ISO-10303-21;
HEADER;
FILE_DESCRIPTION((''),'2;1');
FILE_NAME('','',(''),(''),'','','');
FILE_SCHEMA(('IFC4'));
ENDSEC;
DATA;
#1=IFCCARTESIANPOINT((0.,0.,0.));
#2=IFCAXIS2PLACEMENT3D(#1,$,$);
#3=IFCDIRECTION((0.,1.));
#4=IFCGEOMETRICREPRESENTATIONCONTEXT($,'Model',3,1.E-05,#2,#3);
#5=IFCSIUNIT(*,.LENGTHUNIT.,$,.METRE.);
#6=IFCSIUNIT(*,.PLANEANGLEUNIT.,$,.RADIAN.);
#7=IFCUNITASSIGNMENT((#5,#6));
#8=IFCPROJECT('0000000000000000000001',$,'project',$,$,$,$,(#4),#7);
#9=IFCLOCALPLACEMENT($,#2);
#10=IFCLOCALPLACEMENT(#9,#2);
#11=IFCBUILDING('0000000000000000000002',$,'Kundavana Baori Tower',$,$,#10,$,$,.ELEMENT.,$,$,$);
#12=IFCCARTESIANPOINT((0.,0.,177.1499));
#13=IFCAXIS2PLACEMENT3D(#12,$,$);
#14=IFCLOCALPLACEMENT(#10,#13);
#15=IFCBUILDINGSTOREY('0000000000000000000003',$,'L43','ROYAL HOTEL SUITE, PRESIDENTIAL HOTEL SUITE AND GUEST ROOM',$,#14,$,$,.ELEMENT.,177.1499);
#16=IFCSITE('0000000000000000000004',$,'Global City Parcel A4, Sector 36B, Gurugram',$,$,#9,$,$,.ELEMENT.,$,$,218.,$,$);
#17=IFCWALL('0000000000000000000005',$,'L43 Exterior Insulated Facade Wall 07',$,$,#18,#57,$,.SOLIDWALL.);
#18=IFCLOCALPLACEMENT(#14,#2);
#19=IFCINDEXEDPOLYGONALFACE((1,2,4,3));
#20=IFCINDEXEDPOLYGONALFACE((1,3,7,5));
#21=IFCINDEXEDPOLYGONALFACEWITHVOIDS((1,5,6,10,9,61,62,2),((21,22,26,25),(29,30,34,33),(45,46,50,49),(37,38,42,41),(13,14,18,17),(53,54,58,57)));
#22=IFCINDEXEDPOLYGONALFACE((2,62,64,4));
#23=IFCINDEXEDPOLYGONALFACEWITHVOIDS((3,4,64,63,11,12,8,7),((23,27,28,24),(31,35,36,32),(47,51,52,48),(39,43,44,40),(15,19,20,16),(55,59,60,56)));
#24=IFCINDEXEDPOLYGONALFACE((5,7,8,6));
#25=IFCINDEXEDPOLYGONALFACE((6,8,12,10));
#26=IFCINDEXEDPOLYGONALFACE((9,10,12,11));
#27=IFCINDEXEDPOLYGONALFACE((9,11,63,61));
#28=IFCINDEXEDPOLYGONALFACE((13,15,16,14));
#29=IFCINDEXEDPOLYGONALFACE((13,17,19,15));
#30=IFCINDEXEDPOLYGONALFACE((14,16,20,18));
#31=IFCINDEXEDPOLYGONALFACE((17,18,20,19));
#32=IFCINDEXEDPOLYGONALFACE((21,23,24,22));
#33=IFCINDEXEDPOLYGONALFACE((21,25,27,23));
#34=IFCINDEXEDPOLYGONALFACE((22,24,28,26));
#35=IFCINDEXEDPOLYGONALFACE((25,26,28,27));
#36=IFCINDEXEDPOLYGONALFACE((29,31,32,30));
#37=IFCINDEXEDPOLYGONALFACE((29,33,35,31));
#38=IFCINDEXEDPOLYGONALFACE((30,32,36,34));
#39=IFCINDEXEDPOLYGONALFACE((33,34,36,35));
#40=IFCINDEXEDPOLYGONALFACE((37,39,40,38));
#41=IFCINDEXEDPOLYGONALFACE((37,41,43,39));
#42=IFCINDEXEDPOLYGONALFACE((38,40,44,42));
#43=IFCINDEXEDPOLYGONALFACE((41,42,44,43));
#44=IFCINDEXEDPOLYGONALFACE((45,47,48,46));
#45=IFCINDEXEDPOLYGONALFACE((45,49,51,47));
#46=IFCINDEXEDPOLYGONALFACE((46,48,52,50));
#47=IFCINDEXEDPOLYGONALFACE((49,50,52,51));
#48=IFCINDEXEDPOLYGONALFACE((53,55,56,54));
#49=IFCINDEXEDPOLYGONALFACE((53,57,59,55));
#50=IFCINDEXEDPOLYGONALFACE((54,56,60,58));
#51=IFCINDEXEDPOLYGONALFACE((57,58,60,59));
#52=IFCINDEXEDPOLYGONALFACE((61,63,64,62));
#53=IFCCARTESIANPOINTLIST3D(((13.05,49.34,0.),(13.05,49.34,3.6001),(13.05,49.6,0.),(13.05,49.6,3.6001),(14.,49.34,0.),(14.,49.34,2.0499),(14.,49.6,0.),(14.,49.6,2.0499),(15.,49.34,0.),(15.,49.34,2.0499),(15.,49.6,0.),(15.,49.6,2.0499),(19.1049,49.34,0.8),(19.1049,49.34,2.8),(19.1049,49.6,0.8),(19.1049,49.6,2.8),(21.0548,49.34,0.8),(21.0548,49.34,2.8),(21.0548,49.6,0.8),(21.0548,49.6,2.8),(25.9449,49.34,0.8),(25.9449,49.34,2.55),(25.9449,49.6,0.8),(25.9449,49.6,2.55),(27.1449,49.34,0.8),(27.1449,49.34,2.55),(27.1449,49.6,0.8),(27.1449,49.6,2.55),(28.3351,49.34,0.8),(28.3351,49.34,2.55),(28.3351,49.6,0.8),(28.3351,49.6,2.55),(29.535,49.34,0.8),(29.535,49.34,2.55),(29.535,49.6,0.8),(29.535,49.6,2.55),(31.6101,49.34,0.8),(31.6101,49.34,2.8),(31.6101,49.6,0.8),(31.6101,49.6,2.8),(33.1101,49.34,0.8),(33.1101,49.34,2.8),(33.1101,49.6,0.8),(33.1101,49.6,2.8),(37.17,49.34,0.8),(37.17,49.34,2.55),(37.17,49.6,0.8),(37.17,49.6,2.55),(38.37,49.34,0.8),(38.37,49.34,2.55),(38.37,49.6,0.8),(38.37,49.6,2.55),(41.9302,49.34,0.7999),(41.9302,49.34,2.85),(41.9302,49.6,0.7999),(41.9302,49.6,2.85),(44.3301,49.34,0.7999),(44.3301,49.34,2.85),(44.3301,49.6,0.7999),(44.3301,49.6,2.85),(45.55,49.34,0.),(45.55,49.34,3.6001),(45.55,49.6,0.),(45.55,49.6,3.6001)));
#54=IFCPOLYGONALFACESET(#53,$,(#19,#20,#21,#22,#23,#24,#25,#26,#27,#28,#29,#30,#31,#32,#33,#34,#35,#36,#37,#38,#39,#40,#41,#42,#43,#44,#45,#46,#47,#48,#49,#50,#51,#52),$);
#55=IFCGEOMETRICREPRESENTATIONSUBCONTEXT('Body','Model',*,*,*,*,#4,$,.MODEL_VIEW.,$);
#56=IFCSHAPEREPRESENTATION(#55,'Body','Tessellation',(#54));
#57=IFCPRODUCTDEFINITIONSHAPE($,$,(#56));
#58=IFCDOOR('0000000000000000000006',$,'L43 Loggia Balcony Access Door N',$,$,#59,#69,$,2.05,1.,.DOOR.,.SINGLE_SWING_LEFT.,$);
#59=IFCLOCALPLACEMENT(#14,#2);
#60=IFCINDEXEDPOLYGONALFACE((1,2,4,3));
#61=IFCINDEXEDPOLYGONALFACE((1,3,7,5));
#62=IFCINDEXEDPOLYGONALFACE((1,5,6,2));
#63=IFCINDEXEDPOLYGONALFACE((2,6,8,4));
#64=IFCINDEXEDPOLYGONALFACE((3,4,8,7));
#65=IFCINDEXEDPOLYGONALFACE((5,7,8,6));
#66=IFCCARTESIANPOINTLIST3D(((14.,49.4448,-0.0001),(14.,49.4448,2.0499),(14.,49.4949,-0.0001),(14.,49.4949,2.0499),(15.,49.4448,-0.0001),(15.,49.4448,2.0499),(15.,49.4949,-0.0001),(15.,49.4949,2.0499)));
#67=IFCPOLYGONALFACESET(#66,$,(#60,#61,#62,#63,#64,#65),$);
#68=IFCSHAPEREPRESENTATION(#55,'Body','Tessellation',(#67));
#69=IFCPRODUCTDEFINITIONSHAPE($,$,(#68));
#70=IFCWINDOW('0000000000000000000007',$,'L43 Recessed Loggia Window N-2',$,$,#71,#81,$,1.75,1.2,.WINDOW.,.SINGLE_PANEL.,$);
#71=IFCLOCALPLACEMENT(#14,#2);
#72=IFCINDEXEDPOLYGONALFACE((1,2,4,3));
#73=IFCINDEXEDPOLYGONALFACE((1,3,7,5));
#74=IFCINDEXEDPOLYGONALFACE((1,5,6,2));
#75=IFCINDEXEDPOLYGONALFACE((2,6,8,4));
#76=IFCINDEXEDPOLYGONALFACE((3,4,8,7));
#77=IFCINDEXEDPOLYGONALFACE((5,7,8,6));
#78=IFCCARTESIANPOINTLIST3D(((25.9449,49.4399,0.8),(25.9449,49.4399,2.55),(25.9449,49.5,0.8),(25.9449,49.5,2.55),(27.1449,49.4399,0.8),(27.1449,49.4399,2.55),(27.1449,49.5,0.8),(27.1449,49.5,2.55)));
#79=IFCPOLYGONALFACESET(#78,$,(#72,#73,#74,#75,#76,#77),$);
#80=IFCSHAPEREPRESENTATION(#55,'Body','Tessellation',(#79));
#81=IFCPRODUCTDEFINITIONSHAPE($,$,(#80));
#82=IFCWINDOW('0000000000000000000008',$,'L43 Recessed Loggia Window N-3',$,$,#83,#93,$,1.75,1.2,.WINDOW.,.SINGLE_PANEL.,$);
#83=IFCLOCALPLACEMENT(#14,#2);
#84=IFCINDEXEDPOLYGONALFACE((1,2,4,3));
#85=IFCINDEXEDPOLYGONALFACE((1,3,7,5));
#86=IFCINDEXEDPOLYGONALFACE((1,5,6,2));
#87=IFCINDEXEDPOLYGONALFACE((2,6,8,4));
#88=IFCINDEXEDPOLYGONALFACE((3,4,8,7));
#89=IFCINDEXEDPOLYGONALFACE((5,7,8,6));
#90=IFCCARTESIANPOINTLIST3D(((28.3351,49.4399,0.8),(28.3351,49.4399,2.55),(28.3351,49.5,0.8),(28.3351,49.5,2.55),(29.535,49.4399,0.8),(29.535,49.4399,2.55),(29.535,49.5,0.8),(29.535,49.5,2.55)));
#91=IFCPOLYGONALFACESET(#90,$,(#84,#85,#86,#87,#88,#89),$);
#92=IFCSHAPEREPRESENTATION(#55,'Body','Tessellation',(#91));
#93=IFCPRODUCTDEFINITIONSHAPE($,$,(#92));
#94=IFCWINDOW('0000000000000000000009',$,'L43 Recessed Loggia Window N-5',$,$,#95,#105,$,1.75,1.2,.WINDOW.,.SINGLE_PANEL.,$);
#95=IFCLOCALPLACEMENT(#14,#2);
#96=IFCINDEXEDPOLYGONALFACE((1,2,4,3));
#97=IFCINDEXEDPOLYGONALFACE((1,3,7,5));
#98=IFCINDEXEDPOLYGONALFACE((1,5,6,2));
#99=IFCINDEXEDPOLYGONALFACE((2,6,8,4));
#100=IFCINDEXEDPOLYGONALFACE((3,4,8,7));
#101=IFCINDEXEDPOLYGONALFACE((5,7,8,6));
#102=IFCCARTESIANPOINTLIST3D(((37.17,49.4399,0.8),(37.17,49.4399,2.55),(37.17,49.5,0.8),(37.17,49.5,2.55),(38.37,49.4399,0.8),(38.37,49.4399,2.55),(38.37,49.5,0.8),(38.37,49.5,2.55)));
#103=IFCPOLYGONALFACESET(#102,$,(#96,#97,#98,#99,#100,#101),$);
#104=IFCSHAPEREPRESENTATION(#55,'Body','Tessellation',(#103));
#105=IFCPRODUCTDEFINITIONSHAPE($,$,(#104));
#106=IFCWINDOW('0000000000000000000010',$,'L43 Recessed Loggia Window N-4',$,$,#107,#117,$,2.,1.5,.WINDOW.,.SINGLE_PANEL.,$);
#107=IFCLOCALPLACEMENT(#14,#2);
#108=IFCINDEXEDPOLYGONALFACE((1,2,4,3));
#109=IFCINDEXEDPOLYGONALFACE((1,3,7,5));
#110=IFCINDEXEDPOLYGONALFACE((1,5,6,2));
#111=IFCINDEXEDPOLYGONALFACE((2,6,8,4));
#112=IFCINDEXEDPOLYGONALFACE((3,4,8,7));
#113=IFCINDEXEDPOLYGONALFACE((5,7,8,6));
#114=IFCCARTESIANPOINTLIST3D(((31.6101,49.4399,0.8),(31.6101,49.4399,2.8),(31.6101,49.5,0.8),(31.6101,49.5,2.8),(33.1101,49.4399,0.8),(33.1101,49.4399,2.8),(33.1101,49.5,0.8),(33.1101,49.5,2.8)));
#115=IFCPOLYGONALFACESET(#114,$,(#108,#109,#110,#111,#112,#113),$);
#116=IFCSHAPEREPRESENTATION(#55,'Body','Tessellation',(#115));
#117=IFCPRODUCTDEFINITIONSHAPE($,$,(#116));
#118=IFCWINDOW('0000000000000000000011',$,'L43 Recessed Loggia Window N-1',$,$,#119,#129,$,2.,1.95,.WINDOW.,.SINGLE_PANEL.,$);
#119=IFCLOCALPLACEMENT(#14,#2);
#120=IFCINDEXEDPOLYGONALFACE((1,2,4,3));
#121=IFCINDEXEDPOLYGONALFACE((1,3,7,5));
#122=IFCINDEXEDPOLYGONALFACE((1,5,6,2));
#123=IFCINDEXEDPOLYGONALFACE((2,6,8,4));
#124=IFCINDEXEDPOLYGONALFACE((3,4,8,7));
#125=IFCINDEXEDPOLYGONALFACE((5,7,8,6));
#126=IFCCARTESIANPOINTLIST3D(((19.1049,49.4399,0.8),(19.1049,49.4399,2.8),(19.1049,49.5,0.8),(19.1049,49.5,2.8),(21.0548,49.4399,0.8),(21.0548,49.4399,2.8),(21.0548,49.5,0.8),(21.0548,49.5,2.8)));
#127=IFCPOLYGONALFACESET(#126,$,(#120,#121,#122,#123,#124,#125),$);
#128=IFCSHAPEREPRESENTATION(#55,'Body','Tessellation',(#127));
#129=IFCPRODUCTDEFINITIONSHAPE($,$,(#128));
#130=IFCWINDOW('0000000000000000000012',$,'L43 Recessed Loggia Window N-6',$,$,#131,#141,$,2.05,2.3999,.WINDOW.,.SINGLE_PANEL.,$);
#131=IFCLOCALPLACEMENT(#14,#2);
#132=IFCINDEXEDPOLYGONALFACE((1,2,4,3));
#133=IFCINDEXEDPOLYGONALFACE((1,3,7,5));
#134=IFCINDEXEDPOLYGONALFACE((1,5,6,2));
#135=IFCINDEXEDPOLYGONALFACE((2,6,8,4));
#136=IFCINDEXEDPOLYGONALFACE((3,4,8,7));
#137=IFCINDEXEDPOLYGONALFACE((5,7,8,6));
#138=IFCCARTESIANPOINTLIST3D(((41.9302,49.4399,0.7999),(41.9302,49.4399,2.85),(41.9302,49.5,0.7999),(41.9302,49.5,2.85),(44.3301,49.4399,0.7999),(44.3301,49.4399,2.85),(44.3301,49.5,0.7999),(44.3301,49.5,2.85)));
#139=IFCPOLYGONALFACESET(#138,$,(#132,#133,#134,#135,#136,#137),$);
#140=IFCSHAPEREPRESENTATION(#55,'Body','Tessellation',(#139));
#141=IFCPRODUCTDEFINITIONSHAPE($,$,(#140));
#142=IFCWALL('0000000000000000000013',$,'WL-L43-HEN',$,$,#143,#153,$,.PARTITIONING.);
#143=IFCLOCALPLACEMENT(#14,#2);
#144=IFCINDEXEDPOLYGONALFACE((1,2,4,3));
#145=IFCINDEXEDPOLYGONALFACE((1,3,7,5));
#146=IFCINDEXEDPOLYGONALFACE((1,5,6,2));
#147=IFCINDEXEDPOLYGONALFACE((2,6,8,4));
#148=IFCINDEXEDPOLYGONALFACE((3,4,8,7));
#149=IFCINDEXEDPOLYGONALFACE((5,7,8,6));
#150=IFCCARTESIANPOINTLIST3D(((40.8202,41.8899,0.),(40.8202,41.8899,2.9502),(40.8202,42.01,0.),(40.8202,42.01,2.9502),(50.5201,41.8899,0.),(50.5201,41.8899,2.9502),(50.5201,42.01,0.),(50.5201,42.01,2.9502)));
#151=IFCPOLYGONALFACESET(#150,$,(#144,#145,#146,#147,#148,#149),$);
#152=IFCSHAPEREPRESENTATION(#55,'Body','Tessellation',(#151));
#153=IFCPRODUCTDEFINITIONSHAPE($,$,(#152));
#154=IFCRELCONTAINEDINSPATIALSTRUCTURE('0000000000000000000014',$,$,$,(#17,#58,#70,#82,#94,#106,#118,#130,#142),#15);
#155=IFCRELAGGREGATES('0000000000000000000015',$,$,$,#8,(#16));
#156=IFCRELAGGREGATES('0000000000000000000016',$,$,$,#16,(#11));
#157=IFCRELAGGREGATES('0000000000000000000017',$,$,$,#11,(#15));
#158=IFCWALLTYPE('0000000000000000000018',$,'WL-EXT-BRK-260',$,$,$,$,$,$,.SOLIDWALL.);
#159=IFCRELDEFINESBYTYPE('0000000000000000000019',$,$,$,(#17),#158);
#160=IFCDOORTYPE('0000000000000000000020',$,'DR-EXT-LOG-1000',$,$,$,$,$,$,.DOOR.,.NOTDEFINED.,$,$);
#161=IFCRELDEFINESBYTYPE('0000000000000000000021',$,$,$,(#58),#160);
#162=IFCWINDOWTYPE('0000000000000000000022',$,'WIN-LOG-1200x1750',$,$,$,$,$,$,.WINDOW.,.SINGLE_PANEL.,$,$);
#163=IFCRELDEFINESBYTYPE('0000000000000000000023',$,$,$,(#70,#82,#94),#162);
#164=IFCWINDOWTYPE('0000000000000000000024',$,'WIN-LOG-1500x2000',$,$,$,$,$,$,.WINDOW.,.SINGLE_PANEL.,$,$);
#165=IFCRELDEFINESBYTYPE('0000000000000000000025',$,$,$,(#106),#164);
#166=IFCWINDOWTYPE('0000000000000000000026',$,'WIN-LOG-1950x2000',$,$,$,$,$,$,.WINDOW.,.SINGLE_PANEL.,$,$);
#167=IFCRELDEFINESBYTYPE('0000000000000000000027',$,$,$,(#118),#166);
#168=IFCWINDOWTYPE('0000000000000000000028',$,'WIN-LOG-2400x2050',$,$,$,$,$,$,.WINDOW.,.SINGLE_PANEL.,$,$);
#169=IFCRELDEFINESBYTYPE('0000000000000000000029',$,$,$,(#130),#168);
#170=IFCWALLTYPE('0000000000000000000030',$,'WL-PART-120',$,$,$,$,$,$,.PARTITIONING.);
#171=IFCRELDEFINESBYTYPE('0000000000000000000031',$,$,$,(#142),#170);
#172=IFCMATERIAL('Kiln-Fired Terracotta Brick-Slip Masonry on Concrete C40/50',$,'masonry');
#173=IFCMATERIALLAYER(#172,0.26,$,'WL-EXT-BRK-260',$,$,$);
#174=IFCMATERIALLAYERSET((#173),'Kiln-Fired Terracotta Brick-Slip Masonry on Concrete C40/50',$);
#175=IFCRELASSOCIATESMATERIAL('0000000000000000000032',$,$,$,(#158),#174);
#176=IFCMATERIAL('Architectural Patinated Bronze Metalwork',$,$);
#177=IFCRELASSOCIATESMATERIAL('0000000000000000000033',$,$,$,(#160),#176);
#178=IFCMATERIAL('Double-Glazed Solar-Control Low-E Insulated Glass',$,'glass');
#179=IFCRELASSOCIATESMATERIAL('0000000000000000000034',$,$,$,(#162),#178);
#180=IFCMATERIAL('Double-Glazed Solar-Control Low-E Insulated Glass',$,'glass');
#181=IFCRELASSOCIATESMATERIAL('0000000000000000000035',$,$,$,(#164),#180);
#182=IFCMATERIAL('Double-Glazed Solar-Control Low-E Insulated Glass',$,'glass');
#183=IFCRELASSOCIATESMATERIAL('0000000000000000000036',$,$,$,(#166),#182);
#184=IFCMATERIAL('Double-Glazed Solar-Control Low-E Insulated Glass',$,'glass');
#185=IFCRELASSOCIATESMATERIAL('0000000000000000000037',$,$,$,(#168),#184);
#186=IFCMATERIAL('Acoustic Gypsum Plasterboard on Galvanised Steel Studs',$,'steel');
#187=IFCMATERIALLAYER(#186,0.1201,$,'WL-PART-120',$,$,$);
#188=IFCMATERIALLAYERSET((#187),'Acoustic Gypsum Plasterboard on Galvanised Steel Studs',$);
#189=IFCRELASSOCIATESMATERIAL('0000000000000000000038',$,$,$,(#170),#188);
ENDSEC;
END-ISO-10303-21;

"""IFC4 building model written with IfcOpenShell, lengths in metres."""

from ifc_helpers import new_model, si_unit, direction, frame, frame_2d, origin, place, context, subcontext, project, spatial, rectangle, extrude, material, layer, layer_set, type_object, element, fill, save


model = new_model("IFC4")

# Units and contexts
model_context = context("Model", 3, precision=1e-05, world=origin(), true_north=direction((0.0, 1.0)))
body_context = subcontext(model_context, "Body", "Model", "MODEL_VIEW")
ifc_project = project(units=[si_unit("LENGTHUNIT", "METRE"), si_unit("PLANEANGLEUNIT", "RADIAN")], contexts=[model_context])

# Site, building, storey
site_placement = place(None, origin())
site = spatial("IfcSite", under=ifc_project, at=site_placement, Name="Global City Parcel A4, Sector 36B, Gurugram", CompositionType="ELEMENT", RefElevation=218.0)
building_placement = place(site_placement, origin())
building = spatial("IfcBuilding", under=site, at=building_placement, Name="Kundavana Baori Tower", CompositionType="ELEMENT")
storey_placement = place(building_placement, frame((0.0, 0.0, 177.1499)))
storey = spatial("IfcBuildingStorey", under=building, at=storey_placement, Name="L43", Description="ROYAL HOTEL SUITE, PRESIDENTIAL HOTEL SUITE AND GUEST ROOM", CompositionType="ELEMENT", Elevation=177.1499)

# Shared definitions
ifc_material_1 = material(Name="Kiln-Fired Terracotta Brick-Slip Masonry on Concrete C40/50", Category="masonry")
ifc_layer_1 = layer(ifc_material_1, 0.26, Name="WL-EXT-BRK-260")
ifc_layer_set_1 = layer_set([ifc_layer_1], Name="Kiln-Fired Terracotta Brick-Slip Masonry on Concrete C40/50")
wall_type_1 = type_object("IfcWallType", Name="WL-EXT-BRK-260", PredefinedType="SOLIDWALL", material=ifc_layer_set_1)

# Wall, openings, door, windows
wall_1_placement = place(storey_placement, frame((45.55, 49.47, 0.0), z_axis=(0.0, 0.0, 1.0), x_axis=(-1.0, 0.0, 0.0)))
wall_1 = element("IfcWall", 1, at=wall_1_placement, inside=storey, type_object=wall_type_1, Name="L43 Exterior Insulated Facade Wall 07", PredefinedType="SOLIDWALL", context=body_context, shape_type="SweptSolid", body=[
    extrude(rectangle(XDim=32.5, YDim=0.26, at=frame_2d((16.25, 0.0))), origin(), (0.0, 0.0, 1.0), 3.6001),
])
opening_1_placement = place(wall_1_placement, frame((30.55, 0.0, 0.0)))
opening_1 = element("IfcOpeningElement", 2, at=opening_1_placement, cuts=wall_1, PredefinedType="OPENING", context=body_context, shape_type="SweptSolid", body=[
    extrude(rectangle(XDim=1.0, YDim=2.05, at=frame_2d((0.5, 1.0249))), frame((0.0, 0.1401, 0.0), z_axis=(0.0, -1.0, 0.0), x_axis=(1.0, 0.0, 0.0)), (0.0, 0.0, 1.0), 0.28),
])
opening_2_placement = place(wall_1_placement, frame((24.4951, 0.0, 0.8)))
opening_2 = element("IfcOpeningElement", 3, at=opening_2_placement, cuts=wall_1, PredefinedType="OPENING", context=body_context, shape_type="SweptSolid", body=[
    extrude(rectangle(XDim=1.95, YDim=2.0, at=frame_2d((0.9751, 1.0))), frame((0.0, 0.1401, 0.0), z_axis=(0.0, -1.0, 0.0), x_axis=(1.0, 0.0, 0.0)), (0.0, 0.0, 1.0), 0.28),
])
opening_3_placement = place(wall_1_placement, frame((18.405, 0.0, 0.8)))
opening_3 = element("IfcOpeningElement", 4, at=opening_3_placement, cuts=wall_1, PredefinedType="OPENING", context=body_context, shape_type="SweptSolid", body=[
    extrude(rectangle(XDim=1.2, YDim=1.75, at=frame_2d((0.6001, 0.875))), frame((0.0, 0.1401, 0.0), z_axis=(0.0, -1.0, 0.0), x_axis=(1.0, 0.0, 0.0)), (0.0, 0.0, 1.0), 0.28),
])
opening_4_placement = place(wall_1_placement, frame((16.0149, 0.0, 0.8)))
opening_4 = element("IfcOpeningElement", 5, at=opening_4_placement, cuts=wall_1, PredefinedType="OPENING", context=body_context, shape_type="SweptSolid", body=[
    extrude(rectangle(XDim=1.2, YDim=1.75, at=frame_2d((0.6001, 0.875))), frame((0.0, 0.1401, 0.0), z_axis=(0.0, -1.0, 0.0), x_axis=(1.0, 0.0, 0.0)), (0.0, 0.0, 1.0), 0.28),
])
opening_5_placement = place(wall_1_placement, frame((12.4399, 0.0, 0.8)))
opening_5 = element("IfcOpeningElement", 6, at=opening_5_placement, cuts=wall_1, PredefinedType="OPENING", context=body_context, shape_type="SweptSolid", body=[
    extrude(rectangle(XDim=1.5, YDim=2.0, at=frame_2d((0.75, 1.0))), frame((0.0, 0.1401, 0.0), z_axis=(0.0, -1.0, 0.0), x_axis=(1.0, 0.0, 0.0)), (0.0, 0.0, 1.0), 0.28),
])
opening_6_placement = place(wall_1_placement, frame((7.1799, 0.0, 0.8)))
opening_6 = element("IfcOpeningElement", 7, at=opening_6_placement, cuts=wall_1, PredefinedType="OPENING", context=body_context, shape_type="SweptSolid", body=[
    extrude(rectangle(XDim=1.2, YDim=1.75, at=frame_2d((0.6001, 0.875))), frame((0.0, 0.1401, 0.0), z_axis=(0.0, -1.0, 0.0), x_axis=(1.0, 0.0, 0.0)), (0.0, 0.0, 1.0), 0.28),
])
opening_7_placement = place(wall_1_placement, frame((1.22, 0.0, 0.8)))
opening_7 = element("IfcOpeningElement", 8, at=opening_7_placement, cuts=wall_1, PredefinedType="OPENING", context=body_context, shape_type="SweptSolid", body=[
    extrude(rectangle(XDim=2.3999, YDim=2.05, at=frame_2d((1.2, 1.0249))), frame((0.0, 0.1401, 0.0), z_axis=(0.0, -1.0, 0.0), x_axis=(1.0, 0.0, 0.0)), (0.0, 0.0, 1.0), 0.28),
])
ifc_material_2 = material(Name="Architectural Patinated Bronze Metalwork")
door_type_1 = type_object("IfcDoorType", Name="DR-EXT-LOG-1000", OperationType="NOTDEFINED", PredefinedType="DOOR", material=ifc_material_2)
door_1_placement = place(opening_1_placement, frame((1.0, 0.0, 0.0), z_axis=(0.0, 0.0, 1.0), x_axis=(-1.0, 0.0, 0.0)))
door_1 = element("IfcDoor", 9, at=door_1_placement, inside=storey, type_object=door_type_1, Name="L43 Loggia Balcony Access Door N", OperationType="SINGLE_SWING_LEFT", OverallHeight=2.05, OverallWidth=1.0, PredefinedType="DOOR", context=body_context, shape_type="SweptSolid", body=[
    extrude(rectangle(XDim=1.0, YDim=2.05, at=frame_2d((0.5, 1.0249))), frame((0.0, 0.0249, 0.0), z_axis=(0.0, -1.0, 0.0), x_axis=(1.0, 0.0, 0.0)), (0.0, 0.0, 1.0), 0.05),
])
fill(opening_1, door_1)
ifc_material_3 = material(Name="Double-Glazed Solar-Control Low-E Insulated Glass", Category="glass")
window_type_1 = type_object("IfcWindowType", Name="WIN-LOG-1200x1750", PartitioningType="SINGLE_PANEL", PredefinedType="WINDOW", material=ifc_material_3)
window_1_placement = place(opening_3_placement, origin())
window_1 = element("IfcWindow", 10, at=window_1_placement, inside=storey, type_object=window_type_1, Name="L43 Recessed Loggia Window N-2", OverallHeight=1.75, OverallWidth=1.2, PartitioningType="SINGLE_PANEL", PredefinedType="WINDOW", context=body_context, shape_type="SweptSolid", body=[
    extrude(rectangle(XDim=1.2, YDim=1.75, at=frame_2d((0.6001, 0.875))), frame((0.0, 0.03, 0.0), z_axis=(0.0, -1.0, 0.0), x_axis=(1.0, 0.0, 0.0)), (0.0, 0.0, 1.0), 0.0601),
])
fill(opening_3, window_1)
window_2_placement = place(opening_4_placement, origin())
window_2 = element("IfcWindow", 11, at=window_2_placement, inside=storey, type_object=window_type_1, Name="L43 Recessed Loggia Window N-3", OverallHeight=1.75, OverallWidth=1.2, PartitioningType="SINGLE_PANEL", PredefinedType="WINDOW", context=body_context, shape_type="SweptSolid", body=[
    extrude(rectangle(XDim=1.2, YDim=1.75, at=frame_2d((0.6001, 0.875))), frame((0.0, 0.03, 0.0), z_axis=(0.0, -1.0, 0.0), x_axis=(1.0, 0.0, 0.0)), (0.0, 0.0, 1.0), 0.0601),
])
fill(opening_4, window_2)
window_3_placement = place(opening_6_placement, origin())
window_3 = element("IfcWindow", 12, at=window_3_placement, inside=storey, type_object=window_type_1, Name="L43 Recessed Loggia Window N-5", OverallHeight=1.75, OverallWidth=1.2, PartitioningType="SINGLE_PANEL", PredefinedType="WINDOW", context=body_context, shape_type="SweptSolid", body=[
    extrude(rectangle(XDim=1.2, YDim=1.75, at=frame_2d((0.6001, 0.875))), frame((0.0, 0.03, 0.0), z_axis=(0.0, -1.0, 0.0), x_axis=(1.0, 0.0, 0.0)), (0.0, 0.0, 1.0), 0.0601),
])
fill(opening_6, window_3)
ifc_material_4 = material(Name="Double-Glazed Solar-Control Low-E Insulated Glass", Category="glass")
window_type_2 = type_object("IfcWindowType", Name="WIN-LOG-1500x2000", PartitioningType="SINGLE_PANEL", PredefinedType="WINDOW", material=ifc_material_4)
window_4_placement = place(opening_5_placement, origin())
window_4 = element("IfcWindow", 13, at=window_4_placement, inside=storey, type_object=window_type_2, Name="L43 Recessed Loggia Window N-4", OverallHeight=2.0, OverallWidth=1.5, PartitioningType="SINGLE_PANEL", PredefinedType="WINDOW", context=body_context, shape_type="SweptSolid", body=[
    extrude(rectangle(XDim=1.5, YDim=2.0, at=frame_2d((0.75, 1.0))), frame((0.0, 0.03, 0.0), z_axis=(0.0, -1.0, 0.0), x_axis=(1.0, 0.0, 0.0)), (0.0, 0.0, 1.0), 0.0601),
])
fill(opening_5, window_4)
ifc_material_5 = material(Name="Double-Glazed Solar-Control Low-E Insulated Glass", Category="glass")
window_type_3 = type_object("IfcWindowType", Name="WIN-LOG-1950x2000", PartitioningType="SINGLE_PANEL", PredefinedType="WINDOW", material=ifc_material_5)
window_5_placement = place(opening_2_placement, origin())
window_5 = element("IfcWindow", 14, at=window_5_placement, inside=storey, type_object=window_type_3, Name="L43 Recessed Loggia Window N-1", OverallHeight=2.0, OverallWidth=1.95, PartitioningType="SINGLE_PANEL", PredefinedType="WINDOW", context=body_context, shape_type="SweptSolid", body=[
    extrude(rectangle(XDim=1.95, YDim=2.0, at=frame_2d((0.9751, 1.0))), frame((0.0, 0.03, 0.0), z_axis=(0.0, -1.0, 0.0), x_axis=(1.0, 0.0, 0.0)), (0.0, 0.0, 1.0), 0.0601),
])
fill(opening_2, window_5)
ifc_material_6 = material(Name="Double-Glazed Solar-Control Low-E Insulated Glass", Category="glass")
window_type_4 = type_object("IfcWindowType", Name="WIN-LOG-2400x2050", PartitioningType="SINGLE_PANEL", PredefinedType="WINDOW", material=ifc_material_6)
window_6_placement = place(opening_7_placement, origin())
window_6 = element("IfcWindow", 15, at=window_6_placement, inside=storey, type_object=window_type_4, Name="L43 Recessed Loggia Window N-6", OverallHeight=2.05, OverallWidth=2.3999, PartitioningType="SINGLE_PANEL", PredefinedType="WINDOW", context=body_context, shape_type="SweptSolid", body=[
    extrude(rectangle(XDim=2.3999, YDim=2.05, at=frame_2d((1.2, 1.0249))), frame((0.0, 0.03, 0.0), z_axis=(0.0, -1.0, 0.0), x_axis=(1.0, 0.0, 0.0)), (0.0, 0.0, 1.0), 0.0601),
])
fill(opening_7, window_6)

# Wall
ifc_material_7 = material(Name="Acoustic Gypsum Plasterboard on Galvanised Steel Studs", Category="steel")
ifc_layer_2 = layer(ifc_material_7, 0.1201, Name="WL-PART-120")
ifc_layer_set_2 = layer_set([ifc_layer_2], Name="Acoustic Gypsum Plasterboard on Galvanised Steel Studs")
wall_type_2 = type_object("IfcWallType", Name="WL-PART-120", PredefinedType="PARTITIONING", material=ifc_layer_set_2)
wall_2_placement = place(storey_placement, frame((40.8201, 41.95, 0.0), z_axis=(0.0, 0.0, 1.0), x_axis=(1.0, 0.0, 0.0)))
element("IfcWall", 16, at=wall_2_placement, inside=storey, type_object=wall_type_2, Name="WL-L43-HEN", PredefinedType="PARTITIONING", context=body_context, shape_type="SweptSolid", body=[
    extrude(rectangle(XDim=9.7, YDim=0.1201, at=frame_2d((4.8501, 0.0))), origin(), (0.0, 0.0, 1.0), 2.9502),
])

save(model, "model.ifc")
